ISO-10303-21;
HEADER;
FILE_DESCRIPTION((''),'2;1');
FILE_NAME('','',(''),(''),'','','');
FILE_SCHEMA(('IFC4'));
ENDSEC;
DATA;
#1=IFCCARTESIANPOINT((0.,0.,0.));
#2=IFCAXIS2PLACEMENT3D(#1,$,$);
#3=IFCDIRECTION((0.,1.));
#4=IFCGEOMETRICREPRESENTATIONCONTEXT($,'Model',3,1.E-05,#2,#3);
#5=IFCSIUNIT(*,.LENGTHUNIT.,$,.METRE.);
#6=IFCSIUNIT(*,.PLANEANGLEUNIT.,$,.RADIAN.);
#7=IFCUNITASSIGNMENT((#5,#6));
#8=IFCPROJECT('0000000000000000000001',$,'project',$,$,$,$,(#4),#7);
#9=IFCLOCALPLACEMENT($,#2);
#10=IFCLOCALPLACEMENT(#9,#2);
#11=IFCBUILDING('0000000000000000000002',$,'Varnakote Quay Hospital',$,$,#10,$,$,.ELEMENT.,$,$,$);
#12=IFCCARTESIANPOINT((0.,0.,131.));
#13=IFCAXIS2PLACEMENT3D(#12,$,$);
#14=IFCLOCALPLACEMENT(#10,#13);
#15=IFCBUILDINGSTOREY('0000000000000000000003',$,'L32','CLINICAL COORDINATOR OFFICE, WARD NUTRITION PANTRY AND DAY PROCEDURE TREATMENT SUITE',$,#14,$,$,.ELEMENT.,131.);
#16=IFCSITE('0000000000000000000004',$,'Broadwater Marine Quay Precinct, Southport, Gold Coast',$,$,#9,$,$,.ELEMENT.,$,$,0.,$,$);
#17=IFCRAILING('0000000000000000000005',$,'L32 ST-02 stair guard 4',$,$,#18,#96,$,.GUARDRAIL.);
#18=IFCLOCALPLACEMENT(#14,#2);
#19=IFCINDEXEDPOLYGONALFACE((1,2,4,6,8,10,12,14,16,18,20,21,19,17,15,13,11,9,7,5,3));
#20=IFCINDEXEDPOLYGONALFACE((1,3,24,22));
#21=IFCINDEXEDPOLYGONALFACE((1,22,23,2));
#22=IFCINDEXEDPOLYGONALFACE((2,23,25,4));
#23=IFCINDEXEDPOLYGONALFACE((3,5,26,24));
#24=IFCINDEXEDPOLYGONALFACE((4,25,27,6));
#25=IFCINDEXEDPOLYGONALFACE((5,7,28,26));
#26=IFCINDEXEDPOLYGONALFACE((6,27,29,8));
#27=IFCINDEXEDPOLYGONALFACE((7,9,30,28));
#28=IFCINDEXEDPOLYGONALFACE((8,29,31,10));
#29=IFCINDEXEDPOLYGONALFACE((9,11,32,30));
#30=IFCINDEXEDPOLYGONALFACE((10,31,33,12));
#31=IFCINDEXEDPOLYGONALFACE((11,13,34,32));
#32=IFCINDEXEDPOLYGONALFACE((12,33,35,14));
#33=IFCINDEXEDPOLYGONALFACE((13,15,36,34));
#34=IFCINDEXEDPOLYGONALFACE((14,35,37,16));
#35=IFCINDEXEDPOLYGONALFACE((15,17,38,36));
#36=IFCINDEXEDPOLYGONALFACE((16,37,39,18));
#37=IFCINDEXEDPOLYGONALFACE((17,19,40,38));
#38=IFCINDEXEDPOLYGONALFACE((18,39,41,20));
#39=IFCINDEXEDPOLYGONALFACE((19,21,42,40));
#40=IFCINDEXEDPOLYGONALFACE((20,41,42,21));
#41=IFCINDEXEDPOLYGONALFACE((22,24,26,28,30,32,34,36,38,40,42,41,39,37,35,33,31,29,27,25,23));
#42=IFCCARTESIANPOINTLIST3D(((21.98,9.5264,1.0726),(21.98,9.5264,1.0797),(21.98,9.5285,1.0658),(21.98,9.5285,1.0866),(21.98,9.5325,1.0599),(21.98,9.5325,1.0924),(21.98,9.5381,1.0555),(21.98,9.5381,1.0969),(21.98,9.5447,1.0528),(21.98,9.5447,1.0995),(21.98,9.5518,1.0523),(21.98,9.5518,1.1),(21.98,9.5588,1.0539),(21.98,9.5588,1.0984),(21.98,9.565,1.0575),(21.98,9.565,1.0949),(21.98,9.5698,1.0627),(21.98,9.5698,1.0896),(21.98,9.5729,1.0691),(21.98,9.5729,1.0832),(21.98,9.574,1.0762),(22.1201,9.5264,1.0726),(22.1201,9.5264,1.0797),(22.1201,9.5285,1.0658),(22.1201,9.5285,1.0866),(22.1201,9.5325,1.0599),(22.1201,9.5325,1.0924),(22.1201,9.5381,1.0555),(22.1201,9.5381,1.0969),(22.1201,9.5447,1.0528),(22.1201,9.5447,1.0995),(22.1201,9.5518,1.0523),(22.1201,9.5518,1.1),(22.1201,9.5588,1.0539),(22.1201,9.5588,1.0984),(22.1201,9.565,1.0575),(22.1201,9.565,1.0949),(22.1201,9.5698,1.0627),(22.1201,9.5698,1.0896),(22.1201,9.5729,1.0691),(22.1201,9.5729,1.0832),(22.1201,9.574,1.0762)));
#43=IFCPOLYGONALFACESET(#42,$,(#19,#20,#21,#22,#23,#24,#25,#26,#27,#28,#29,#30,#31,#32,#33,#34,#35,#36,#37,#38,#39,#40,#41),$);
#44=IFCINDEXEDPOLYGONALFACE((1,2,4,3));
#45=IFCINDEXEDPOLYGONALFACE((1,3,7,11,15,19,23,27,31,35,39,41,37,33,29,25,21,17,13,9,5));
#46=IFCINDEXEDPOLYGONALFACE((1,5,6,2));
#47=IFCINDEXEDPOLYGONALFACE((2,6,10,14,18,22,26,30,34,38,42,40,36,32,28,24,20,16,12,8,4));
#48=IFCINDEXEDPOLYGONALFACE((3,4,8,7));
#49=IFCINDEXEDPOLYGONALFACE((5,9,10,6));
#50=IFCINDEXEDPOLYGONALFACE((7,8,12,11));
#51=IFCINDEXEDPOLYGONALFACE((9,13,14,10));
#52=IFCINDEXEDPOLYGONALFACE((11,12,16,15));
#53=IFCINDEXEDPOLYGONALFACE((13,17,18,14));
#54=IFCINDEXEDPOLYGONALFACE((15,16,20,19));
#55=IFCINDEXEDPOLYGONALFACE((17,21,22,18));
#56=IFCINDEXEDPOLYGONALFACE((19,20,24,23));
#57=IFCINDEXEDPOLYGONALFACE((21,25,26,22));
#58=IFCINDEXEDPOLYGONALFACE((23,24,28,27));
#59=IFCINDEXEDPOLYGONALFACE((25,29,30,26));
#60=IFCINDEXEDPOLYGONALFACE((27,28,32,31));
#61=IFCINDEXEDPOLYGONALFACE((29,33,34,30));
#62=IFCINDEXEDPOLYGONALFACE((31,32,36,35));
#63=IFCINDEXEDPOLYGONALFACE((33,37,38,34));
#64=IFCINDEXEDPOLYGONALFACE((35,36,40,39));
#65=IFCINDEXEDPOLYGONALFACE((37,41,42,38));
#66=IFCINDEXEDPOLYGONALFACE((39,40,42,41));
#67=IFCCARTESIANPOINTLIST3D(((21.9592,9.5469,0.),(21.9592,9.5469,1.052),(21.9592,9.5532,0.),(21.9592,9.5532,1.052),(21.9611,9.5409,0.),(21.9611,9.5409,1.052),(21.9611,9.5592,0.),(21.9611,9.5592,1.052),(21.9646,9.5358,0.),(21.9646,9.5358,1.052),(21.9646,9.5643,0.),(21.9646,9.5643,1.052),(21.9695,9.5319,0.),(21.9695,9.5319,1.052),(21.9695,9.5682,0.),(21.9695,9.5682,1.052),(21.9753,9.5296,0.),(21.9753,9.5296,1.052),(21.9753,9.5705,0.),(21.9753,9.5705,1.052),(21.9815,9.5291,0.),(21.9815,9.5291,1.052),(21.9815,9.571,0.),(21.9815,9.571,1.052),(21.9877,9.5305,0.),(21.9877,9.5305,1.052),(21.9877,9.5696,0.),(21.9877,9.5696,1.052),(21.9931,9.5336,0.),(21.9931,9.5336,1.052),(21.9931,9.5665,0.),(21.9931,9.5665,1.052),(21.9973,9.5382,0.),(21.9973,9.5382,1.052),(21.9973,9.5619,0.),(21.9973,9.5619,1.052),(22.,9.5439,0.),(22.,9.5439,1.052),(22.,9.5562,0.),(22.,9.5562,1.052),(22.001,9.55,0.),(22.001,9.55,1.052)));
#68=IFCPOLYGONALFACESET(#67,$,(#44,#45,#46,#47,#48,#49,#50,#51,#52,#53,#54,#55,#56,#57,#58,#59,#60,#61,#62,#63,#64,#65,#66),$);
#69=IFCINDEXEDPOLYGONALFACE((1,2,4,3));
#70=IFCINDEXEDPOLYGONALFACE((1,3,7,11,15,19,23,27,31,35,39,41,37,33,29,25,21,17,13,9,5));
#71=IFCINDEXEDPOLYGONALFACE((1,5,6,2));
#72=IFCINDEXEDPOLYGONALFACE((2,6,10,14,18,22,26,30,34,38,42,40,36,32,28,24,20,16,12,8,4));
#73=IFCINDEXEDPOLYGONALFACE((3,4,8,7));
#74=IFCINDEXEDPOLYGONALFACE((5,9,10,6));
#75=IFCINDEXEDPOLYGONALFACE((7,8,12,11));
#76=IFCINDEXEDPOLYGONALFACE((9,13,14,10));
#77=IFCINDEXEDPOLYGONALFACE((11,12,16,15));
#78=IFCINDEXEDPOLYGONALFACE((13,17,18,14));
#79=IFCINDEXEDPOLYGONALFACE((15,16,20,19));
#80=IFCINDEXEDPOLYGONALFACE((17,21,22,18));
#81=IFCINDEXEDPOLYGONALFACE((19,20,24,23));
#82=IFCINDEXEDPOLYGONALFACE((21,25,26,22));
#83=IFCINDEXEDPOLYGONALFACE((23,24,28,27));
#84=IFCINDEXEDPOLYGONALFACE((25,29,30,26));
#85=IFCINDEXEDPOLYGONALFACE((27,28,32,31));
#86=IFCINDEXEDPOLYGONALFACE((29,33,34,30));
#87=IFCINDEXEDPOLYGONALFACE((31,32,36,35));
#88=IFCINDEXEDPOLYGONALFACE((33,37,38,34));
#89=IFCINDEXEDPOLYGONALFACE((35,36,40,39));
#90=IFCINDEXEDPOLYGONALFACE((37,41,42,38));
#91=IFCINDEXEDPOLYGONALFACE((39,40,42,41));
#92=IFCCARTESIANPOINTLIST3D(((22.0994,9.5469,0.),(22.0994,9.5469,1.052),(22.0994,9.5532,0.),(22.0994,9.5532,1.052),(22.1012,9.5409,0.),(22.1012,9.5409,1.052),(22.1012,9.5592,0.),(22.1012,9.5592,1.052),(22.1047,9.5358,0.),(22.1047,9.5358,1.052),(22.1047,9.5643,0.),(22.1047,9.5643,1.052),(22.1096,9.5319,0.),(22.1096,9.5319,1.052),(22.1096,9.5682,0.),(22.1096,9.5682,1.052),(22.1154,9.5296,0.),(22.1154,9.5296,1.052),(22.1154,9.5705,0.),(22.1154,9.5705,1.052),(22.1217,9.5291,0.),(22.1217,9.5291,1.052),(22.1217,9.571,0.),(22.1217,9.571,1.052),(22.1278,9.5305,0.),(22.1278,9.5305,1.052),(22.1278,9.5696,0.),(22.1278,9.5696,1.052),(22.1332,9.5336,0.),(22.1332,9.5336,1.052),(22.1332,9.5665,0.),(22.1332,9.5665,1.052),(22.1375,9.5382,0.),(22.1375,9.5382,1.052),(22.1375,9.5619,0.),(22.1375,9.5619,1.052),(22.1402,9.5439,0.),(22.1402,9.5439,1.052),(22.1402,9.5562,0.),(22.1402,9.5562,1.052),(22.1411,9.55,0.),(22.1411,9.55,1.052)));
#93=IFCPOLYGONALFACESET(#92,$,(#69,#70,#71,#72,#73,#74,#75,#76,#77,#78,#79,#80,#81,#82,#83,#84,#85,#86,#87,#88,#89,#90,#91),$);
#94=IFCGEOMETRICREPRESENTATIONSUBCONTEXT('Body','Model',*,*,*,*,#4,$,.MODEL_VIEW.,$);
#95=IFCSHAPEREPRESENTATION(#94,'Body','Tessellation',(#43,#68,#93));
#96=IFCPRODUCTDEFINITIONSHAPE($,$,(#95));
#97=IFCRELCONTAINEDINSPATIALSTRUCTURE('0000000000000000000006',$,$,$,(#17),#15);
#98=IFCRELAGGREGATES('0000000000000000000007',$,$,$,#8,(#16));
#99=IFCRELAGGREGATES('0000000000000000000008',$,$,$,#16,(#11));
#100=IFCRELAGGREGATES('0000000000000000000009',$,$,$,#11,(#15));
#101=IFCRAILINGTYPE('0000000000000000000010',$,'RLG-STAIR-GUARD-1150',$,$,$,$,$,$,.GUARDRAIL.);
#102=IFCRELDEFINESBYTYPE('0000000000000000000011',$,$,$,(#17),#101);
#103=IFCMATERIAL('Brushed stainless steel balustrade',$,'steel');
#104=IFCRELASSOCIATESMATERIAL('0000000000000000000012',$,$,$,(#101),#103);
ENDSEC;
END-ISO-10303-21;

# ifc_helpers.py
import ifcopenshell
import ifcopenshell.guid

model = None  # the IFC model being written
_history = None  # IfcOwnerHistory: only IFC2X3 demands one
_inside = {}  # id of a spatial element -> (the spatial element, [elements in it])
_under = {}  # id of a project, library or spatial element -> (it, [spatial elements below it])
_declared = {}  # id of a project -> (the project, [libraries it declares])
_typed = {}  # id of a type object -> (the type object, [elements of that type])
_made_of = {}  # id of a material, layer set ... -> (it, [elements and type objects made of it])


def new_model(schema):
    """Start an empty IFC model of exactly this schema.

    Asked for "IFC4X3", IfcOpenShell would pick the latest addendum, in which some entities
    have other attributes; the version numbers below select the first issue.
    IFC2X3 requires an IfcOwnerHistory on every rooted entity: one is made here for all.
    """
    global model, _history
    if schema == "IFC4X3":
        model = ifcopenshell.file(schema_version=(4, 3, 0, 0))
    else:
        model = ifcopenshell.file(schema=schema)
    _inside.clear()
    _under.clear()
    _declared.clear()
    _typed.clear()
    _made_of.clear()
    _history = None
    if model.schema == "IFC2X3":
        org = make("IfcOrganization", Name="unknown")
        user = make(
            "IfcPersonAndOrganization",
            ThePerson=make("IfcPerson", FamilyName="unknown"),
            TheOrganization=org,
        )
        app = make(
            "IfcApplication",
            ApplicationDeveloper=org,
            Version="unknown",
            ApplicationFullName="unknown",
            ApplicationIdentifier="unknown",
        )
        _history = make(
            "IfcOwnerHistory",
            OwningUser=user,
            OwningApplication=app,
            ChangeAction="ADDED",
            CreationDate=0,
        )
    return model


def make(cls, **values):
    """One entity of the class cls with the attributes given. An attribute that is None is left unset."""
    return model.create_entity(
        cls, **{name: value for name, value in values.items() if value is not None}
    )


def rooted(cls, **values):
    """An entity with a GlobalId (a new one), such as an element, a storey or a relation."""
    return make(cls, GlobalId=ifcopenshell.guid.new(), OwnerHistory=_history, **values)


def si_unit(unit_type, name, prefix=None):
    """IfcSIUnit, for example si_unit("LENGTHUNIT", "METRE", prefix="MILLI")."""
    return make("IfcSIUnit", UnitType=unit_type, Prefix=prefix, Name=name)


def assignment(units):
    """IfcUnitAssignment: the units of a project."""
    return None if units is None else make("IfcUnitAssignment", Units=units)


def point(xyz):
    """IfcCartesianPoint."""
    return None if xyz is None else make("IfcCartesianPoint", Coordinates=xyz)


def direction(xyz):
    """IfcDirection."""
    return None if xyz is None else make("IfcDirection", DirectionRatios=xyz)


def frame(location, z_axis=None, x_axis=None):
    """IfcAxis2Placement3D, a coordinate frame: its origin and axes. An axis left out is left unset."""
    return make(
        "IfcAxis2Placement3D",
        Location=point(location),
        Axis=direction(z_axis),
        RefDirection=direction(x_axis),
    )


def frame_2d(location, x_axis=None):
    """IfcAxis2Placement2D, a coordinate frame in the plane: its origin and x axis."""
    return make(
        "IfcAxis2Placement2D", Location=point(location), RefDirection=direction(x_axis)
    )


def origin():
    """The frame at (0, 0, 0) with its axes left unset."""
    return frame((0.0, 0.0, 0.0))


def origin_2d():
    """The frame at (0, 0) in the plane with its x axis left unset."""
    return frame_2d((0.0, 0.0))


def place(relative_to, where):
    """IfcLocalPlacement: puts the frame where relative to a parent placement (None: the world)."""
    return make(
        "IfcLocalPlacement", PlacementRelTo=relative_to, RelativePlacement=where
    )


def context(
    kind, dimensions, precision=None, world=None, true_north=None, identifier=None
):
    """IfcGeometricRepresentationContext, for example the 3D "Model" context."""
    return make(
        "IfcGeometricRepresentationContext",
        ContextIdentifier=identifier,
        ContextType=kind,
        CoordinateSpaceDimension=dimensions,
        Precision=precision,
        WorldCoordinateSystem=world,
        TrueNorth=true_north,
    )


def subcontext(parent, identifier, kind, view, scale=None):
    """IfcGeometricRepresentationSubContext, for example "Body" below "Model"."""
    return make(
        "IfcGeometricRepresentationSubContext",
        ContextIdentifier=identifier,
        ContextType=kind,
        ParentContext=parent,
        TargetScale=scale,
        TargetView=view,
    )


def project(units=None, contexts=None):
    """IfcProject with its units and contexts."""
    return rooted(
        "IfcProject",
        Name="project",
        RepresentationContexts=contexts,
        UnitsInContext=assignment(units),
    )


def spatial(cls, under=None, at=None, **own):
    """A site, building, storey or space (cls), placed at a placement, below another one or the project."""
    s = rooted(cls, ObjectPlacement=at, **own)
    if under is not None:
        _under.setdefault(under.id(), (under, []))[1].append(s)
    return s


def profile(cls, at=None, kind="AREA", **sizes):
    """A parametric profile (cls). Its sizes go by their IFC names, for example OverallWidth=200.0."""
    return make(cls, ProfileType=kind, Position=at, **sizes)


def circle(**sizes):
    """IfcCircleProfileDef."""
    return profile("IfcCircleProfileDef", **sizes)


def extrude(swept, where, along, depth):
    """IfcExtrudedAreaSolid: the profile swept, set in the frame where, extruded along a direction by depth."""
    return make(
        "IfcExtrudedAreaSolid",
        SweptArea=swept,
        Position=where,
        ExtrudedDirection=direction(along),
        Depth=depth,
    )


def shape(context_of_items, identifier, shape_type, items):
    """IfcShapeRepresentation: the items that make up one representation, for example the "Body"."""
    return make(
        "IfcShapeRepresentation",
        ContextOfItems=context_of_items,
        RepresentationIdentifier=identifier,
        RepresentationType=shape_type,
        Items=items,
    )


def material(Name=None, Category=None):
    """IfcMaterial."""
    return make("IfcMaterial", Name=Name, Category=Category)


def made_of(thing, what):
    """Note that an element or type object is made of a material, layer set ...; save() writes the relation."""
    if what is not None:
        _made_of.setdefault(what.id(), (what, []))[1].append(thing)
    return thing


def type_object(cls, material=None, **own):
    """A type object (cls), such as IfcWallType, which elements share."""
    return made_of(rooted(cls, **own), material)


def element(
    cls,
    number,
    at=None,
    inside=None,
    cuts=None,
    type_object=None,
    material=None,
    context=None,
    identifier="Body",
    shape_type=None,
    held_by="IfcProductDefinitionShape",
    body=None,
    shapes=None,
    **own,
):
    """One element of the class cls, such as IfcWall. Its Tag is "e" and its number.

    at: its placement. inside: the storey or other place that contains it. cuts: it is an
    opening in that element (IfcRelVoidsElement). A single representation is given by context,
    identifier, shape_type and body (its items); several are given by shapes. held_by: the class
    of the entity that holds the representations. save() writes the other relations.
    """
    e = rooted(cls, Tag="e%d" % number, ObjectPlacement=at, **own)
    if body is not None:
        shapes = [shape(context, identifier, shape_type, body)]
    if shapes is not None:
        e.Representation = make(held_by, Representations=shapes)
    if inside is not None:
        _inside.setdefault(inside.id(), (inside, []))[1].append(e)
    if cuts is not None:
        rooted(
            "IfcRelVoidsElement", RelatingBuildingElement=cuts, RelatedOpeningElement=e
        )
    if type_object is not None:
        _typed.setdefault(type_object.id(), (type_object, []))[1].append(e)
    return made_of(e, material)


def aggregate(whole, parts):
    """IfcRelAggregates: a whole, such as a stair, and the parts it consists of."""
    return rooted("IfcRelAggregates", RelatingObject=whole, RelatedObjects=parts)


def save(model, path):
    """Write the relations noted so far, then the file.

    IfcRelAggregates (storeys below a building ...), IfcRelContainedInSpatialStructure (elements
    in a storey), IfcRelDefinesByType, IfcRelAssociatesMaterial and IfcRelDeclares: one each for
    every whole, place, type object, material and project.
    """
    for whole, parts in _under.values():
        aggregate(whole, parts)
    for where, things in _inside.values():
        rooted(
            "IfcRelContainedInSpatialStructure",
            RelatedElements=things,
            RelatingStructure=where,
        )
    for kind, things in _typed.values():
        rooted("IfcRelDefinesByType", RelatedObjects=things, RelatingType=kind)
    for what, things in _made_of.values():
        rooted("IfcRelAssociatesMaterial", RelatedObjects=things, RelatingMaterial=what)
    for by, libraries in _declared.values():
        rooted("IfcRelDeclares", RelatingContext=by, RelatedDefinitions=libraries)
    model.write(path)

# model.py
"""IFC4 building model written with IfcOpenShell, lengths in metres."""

from ifc_helpers import new_model, si_unit, direction, frame, origin, origin_2d, place, context, subcontext, project, spatial, circle, extrude, material, type_object, element, save


model = new_model("IFC4")

# Units and contexts
model_context = context("Model", 3, precision=1e-05, world=origin(), true_north=direction((0.0, 1.0)))
body_context = subcontext(model_context, "Body", "Model", "MODEL_VIEW")
ifc_project = project(units=[si_unit("LENGTHUNIT", "METRE"), si_unit("PLANEANGLEUNIT", "RADIAN")], contexts=[model_context])

# Site, building, storey
site_placement = place(None, origin())
site = spatial("IfcSite", under=ifc_project, at=site_placement, Name="Broadwater Marine Quay Precinct, Southport, Gold Coast", CompositionType="ELEMENT", RefElevation=0.0)
building_placement = place(site_placement, origin())
building = spatial("IfcBuilding", under=site, at=building_placement, Name="Varnakote Quay Hospital", CompositionType="ELEMENT")
storey_placement = place(building_placement, frame((0.0, 0.0, 131.0)))
storey = spatial("IfcBuildingStorey", under=building, at=storey_placement, Name="L32", Description="CLINICAL COORDINATOR OFFICE, WARD NUTRITION PANTRY AND DAY PROCEDURE TREATMENT SUITE", CompositionType="ELEMENT", Elevation=131.0)

# Railing
ifc_material_1 = material(Name="Brushed stainless steel balustrade", Category="steel")
railing_type_1 = type_object("IfcRailingType", Name="RLG-STAIR-GUARD-1150", PredefinedType="GUARDRAIL", material=ifc_material_1)
railing_1_placement = place(storey_placement, frame((21.98, 9.55, 0.0)))
element("IfcRailing", 1, at=railing_1_placement, inside=storey, type_object=railing_type_1, Name="L32 ST-02 stair guard 4", PredefinedType="GUARDRAIL", context=body_context, shape_type="SweptSolid", body=[
    extrude(circle(Radius=0.0239, at=origin_2d()), frame((0.0, 0.0, 1.0762), z_axis=(1.0, 0.0, 0.0), x_axis=(0.0, 1.0, 0.0)), (0.0, 0.0, 1.0), 0.1401),
    extrude(circle(Radius=0.021, at=origin_2d()), origin(), (0.0, 0.0, 1.0), 1.052),
    extrude(circle(Radius=0.021, at=origin_2d()), frame((0.1401, 0.0, 0.0)), (0.0, 0.0, 1.0), 1.052),
])

save(model, "model.ifc")
